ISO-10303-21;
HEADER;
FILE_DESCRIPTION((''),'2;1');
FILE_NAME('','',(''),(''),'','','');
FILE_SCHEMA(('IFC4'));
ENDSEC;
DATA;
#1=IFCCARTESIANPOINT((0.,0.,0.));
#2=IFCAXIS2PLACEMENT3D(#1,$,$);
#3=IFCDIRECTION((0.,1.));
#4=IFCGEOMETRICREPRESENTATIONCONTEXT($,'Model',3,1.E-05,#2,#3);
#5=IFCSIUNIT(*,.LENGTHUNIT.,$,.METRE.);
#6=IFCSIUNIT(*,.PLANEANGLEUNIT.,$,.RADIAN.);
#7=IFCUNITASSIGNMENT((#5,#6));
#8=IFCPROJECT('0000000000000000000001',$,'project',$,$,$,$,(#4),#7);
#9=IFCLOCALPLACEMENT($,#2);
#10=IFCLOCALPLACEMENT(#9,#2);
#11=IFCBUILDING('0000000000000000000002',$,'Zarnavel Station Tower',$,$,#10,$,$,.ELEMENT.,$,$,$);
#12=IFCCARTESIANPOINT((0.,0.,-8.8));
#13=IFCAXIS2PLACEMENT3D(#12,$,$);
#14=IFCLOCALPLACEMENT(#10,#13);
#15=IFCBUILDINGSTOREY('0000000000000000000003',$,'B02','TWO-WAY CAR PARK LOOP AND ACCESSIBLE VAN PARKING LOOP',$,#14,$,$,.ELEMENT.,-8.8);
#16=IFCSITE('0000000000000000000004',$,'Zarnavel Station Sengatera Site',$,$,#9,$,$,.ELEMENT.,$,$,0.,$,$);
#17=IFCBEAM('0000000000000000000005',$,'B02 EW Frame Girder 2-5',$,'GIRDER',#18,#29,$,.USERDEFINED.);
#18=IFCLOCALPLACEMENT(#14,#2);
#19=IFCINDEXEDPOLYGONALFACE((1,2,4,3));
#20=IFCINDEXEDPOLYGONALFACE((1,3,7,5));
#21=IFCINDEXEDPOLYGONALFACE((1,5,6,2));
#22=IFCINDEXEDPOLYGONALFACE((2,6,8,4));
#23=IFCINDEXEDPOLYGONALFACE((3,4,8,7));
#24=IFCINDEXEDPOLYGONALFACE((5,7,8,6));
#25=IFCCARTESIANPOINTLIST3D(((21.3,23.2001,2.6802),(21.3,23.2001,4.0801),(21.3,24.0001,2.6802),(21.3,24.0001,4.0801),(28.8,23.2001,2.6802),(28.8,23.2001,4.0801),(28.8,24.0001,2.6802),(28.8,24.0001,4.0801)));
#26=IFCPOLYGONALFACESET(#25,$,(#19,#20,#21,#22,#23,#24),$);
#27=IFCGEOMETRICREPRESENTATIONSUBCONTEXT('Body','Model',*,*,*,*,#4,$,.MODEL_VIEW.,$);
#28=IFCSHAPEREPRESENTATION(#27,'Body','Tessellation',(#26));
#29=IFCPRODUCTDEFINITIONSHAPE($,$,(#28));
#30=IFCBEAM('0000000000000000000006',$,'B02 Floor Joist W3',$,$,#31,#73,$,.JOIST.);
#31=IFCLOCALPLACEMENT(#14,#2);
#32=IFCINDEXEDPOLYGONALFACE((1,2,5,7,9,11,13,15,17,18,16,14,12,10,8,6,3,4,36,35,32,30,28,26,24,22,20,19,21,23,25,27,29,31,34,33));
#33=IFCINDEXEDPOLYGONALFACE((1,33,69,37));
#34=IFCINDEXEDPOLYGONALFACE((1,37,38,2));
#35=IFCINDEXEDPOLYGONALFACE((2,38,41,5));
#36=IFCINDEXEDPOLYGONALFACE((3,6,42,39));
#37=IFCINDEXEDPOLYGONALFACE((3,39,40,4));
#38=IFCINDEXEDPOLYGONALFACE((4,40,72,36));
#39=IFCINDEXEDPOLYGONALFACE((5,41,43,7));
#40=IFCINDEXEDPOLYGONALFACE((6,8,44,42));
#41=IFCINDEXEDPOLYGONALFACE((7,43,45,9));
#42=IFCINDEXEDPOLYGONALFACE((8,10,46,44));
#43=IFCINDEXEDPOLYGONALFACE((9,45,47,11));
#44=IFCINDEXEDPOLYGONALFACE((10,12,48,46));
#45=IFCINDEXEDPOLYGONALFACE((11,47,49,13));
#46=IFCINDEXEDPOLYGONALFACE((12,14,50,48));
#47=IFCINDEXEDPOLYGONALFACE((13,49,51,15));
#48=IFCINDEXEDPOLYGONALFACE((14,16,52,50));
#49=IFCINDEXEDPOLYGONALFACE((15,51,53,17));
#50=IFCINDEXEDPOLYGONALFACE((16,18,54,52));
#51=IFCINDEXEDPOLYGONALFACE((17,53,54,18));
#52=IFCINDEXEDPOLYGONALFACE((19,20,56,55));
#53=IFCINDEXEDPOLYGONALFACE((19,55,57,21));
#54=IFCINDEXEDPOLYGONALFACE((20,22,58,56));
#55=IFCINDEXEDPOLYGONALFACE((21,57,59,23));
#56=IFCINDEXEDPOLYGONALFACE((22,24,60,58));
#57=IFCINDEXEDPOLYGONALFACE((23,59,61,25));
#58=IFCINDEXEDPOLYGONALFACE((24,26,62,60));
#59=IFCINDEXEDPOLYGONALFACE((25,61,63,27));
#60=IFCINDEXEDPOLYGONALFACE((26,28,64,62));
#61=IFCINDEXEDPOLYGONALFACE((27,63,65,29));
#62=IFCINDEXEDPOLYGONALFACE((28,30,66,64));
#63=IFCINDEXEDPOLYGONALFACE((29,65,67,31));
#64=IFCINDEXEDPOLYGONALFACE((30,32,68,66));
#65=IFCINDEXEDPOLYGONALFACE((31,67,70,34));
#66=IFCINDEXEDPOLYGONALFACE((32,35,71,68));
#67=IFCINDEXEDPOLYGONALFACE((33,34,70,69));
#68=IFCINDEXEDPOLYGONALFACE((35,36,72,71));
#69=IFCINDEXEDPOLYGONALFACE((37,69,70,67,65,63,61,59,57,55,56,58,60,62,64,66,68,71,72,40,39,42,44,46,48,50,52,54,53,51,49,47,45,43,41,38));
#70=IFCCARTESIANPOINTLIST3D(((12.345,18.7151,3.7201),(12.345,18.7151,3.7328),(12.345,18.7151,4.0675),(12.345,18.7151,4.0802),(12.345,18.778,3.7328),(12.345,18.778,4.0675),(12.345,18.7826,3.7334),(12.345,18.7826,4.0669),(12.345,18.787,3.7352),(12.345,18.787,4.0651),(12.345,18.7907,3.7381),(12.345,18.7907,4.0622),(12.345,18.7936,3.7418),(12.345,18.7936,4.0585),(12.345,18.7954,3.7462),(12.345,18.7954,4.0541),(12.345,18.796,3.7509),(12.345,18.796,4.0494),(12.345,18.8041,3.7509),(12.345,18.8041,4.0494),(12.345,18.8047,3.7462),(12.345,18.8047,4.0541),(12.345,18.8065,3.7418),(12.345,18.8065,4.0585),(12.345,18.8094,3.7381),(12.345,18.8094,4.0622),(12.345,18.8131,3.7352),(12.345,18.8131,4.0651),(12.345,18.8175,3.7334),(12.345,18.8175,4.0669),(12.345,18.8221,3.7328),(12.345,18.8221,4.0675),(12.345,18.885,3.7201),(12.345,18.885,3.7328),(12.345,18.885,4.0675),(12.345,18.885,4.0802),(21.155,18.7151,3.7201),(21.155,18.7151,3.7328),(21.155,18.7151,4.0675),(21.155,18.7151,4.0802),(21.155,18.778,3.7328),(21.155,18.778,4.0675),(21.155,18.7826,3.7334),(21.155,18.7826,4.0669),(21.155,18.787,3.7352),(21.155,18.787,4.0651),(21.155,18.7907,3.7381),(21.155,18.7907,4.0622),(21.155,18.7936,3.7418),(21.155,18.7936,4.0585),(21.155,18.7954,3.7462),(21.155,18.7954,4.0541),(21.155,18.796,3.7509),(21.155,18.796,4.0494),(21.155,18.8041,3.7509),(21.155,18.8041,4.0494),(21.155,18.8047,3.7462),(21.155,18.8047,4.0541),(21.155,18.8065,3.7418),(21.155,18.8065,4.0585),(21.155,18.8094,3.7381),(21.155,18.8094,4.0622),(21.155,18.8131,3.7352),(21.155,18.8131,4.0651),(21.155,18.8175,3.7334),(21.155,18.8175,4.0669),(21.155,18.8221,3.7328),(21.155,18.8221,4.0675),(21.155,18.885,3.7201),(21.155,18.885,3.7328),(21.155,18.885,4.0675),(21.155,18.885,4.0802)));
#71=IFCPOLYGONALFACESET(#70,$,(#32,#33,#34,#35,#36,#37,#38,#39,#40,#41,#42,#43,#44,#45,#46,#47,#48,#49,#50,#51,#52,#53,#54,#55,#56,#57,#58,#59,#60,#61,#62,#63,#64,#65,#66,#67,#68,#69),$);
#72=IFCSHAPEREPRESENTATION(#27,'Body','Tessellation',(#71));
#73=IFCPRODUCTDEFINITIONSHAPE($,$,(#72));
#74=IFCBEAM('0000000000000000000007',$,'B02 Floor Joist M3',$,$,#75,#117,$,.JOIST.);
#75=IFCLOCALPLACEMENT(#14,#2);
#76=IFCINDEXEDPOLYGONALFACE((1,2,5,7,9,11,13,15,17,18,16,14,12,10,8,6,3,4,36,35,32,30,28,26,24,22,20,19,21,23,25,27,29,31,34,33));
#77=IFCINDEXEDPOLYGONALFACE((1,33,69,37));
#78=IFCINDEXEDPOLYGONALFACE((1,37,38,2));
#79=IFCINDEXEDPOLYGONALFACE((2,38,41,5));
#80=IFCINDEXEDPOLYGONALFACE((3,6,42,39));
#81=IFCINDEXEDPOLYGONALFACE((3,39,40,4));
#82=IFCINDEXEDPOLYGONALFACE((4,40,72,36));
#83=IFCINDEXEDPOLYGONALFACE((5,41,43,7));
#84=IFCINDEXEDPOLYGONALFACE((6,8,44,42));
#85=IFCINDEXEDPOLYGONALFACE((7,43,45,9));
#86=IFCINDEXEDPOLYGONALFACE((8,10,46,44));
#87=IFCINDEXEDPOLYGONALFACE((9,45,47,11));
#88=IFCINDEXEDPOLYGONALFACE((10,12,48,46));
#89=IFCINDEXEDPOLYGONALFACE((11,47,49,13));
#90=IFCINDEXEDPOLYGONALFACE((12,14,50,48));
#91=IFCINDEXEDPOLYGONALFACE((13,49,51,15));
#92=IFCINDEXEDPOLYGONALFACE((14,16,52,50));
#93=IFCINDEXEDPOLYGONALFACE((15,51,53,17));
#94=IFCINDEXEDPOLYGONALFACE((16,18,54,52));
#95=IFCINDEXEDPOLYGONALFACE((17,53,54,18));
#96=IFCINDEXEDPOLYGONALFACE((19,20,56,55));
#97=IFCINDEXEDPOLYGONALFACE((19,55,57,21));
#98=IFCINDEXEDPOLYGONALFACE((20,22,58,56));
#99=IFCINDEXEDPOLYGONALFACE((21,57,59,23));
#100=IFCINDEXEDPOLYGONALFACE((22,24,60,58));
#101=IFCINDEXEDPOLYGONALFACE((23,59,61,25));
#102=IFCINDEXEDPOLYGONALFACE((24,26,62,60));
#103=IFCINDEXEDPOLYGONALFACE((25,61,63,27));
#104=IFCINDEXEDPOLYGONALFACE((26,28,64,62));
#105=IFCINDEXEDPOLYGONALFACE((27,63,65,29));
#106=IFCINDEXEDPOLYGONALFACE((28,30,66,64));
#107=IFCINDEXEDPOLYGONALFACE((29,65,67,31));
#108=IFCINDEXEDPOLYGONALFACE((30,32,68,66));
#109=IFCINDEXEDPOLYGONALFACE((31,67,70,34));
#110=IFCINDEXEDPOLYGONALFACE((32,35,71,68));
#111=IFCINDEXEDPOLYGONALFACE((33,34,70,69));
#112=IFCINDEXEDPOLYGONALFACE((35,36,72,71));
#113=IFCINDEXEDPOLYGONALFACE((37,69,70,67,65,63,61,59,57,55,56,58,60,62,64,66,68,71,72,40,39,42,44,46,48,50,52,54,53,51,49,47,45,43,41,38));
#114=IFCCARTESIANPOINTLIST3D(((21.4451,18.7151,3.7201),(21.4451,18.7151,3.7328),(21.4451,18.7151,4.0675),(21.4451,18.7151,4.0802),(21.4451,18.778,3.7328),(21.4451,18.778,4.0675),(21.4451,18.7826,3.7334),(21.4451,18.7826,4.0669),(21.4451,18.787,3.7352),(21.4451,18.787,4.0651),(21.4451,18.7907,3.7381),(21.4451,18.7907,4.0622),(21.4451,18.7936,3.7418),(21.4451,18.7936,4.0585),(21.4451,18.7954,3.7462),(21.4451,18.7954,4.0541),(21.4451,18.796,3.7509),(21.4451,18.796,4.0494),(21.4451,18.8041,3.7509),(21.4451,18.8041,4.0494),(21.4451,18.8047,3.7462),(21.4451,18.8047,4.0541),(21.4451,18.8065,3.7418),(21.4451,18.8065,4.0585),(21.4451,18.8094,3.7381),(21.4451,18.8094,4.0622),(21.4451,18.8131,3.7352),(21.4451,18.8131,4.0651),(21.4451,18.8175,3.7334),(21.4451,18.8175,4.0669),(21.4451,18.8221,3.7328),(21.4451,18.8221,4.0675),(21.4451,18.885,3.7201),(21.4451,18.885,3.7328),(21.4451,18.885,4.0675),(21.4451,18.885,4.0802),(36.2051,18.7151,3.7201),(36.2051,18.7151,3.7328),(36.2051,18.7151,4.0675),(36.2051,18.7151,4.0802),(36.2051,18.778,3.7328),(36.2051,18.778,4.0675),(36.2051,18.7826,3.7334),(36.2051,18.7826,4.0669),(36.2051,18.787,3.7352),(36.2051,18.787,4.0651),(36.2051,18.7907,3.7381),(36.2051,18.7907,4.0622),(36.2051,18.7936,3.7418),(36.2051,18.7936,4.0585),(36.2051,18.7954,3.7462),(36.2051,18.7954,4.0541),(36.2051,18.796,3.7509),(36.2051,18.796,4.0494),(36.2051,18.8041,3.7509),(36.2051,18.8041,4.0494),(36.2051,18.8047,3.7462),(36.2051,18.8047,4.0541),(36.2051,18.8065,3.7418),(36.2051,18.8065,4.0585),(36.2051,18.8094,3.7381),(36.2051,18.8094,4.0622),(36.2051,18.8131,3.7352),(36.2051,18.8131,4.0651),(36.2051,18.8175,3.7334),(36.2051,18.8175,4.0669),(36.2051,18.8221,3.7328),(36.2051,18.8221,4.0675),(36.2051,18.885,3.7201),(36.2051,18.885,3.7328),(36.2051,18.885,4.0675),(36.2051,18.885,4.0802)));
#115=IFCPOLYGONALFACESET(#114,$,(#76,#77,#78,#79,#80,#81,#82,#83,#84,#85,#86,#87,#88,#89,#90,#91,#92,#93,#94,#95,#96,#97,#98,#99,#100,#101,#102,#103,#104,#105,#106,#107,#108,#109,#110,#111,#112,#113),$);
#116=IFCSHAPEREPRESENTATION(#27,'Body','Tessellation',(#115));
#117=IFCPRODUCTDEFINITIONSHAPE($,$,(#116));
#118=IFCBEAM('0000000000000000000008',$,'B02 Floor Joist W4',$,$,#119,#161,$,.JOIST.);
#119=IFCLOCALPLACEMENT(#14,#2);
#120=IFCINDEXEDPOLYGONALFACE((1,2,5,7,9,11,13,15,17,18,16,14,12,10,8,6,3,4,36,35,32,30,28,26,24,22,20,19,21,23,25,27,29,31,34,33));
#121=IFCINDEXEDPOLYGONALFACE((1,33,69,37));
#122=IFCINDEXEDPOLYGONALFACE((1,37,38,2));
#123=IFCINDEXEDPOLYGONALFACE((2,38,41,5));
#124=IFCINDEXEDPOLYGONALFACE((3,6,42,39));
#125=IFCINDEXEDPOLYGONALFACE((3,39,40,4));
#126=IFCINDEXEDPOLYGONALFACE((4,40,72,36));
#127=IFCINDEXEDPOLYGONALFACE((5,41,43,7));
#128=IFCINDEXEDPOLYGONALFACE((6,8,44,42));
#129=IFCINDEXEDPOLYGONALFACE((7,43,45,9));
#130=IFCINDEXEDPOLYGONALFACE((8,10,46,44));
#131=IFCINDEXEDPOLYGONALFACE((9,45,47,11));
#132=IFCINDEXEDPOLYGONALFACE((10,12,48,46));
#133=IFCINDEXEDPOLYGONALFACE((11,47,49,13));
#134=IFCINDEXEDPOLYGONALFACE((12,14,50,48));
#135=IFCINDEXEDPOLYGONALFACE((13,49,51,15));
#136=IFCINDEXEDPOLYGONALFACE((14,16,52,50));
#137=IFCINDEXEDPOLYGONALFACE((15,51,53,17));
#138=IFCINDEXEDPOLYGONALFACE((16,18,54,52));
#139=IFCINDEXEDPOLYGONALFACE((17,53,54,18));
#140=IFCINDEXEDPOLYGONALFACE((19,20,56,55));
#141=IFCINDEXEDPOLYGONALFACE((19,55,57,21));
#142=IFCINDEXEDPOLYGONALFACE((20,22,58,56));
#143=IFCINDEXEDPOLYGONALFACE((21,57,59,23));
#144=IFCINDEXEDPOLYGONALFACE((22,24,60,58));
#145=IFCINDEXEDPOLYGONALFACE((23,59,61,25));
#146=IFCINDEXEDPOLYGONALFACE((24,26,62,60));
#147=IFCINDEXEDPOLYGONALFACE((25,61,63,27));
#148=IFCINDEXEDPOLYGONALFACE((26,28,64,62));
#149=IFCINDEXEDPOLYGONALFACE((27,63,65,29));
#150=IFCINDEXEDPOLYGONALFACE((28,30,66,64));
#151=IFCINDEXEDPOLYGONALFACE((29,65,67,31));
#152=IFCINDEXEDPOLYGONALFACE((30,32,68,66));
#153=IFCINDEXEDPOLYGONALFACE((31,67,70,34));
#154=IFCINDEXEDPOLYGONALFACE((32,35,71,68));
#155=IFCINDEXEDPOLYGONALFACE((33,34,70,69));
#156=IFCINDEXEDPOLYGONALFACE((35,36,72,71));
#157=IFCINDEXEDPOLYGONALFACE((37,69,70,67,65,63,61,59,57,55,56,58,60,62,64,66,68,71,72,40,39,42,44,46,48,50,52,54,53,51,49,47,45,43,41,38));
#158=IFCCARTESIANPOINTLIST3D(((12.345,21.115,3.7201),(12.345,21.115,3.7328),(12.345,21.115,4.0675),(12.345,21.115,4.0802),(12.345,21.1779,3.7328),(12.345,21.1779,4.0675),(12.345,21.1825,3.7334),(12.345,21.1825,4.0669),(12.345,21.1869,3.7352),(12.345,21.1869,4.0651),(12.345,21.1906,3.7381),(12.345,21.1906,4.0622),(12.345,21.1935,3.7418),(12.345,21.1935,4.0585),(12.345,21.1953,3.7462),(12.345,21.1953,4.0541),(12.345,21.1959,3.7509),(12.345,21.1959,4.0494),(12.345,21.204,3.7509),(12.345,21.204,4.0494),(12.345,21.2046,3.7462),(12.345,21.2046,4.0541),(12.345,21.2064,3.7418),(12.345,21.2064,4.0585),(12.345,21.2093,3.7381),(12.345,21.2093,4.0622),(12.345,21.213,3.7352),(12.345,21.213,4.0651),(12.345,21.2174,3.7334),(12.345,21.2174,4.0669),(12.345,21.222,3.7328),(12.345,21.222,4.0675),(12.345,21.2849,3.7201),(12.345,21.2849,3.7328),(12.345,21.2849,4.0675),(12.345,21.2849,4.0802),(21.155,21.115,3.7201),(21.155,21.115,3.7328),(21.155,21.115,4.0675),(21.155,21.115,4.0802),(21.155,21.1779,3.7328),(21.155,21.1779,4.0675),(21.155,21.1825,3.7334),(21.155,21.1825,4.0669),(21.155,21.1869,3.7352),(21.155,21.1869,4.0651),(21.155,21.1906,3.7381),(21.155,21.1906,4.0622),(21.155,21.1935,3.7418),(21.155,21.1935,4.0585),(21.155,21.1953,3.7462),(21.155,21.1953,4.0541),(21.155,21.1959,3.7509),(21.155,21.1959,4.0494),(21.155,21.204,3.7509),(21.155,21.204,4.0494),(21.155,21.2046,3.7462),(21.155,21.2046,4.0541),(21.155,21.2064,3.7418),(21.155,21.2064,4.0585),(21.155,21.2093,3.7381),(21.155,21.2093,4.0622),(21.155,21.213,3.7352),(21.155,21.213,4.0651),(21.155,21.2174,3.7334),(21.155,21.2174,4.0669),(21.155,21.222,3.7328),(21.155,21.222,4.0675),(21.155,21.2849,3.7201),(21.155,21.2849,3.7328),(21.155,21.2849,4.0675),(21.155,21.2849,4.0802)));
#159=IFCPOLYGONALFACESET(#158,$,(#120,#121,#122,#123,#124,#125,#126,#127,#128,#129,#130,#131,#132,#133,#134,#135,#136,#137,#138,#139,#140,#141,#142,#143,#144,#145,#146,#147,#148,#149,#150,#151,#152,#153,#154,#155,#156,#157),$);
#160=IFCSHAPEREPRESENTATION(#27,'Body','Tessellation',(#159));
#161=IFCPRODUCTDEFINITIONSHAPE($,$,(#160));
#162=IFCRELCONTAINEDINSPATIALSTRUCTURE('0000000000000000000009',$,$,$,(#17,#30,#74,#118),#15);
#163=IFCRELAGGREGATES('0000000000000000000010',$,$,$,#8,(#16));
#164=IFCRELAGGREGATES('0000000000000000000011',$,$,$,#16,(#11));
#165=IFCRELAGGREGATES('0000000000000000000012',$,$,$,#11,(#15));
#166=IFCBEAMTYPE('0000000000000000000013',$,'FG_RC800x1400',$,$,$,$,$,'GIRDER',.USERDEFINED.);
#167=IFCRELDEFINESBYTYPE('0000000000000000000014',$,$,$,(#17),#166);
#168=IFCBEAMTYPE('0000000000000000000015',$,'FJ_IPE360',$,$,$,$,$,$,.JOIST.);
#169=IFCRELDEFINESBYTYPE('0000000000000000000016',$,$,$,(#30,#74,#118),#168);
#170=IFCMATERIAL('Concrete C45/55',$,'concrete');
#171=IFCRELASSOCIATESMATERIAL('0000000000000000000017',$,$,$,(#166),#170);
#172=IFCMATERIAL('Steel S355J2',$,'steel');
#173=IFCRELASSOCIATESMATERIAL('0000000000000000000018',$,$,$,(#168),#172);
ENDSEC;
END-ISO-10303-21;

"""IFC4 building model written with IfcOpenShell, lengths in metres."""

from ifc_helpers import new_model, si_unit, direction, frame, origin, origin_2d, place, context, subcontext, project, spatial, rectangle, i_section, extrude, material, material_profile, profile_set, type_object, element, save


model = new_model("IFC4")

# Units and contexts
model_context = context("Model", 3, precision=1e-05, world=origin(), true_north=direction((0.0, 1.0)))
body_context = subcontext(model_context, "Body", "Model", "MODEL_VIEW")
ifc_project = project(units=[si_unit("LENGTHUNIT", "METRE"), si_unit("PLANEANGLEUNIT", "RADIAN")], contexts=[model_context])

# Site, building, storey
site_placement = place(None, origin())
site = spatial("IfcSite", under=ifc_project, at=site_placement, Name="Zarnavel Station Sengatera Site", CompositionType="ELEMENT", RefElevation=0.0)
building_placement = place(site_placement, origin())
building = spatial("IfcBuilding", under=site, at=building_placement, Name="Zarnavel Station Tower", CompositionType="ELEMENT")
storey_placement = place(building_placement, frame((0.0, 0.0, -8.8)))
storey = spatial("IfcBuildingStorey", under=building, at=storey_placement, Name="B02", Description="TWO-WAY CAR PARK LOOP AND ACCESSIBLE VAN PARKING LOOP", CompositionType="ELEMENT", Elevation=-8.8)

# Beams
ifc_material_1 = material(Name="Concrete C45/55", Category="concrete")
ifc_material_profile_1 = material_profile(ifc_material_1, rectangle(XDim=0.8, YDim=1.3999, at=origin_2d()), Name="RC800x1400")
ifc_profile_set_1 = profile_set([ifc_material_profile_1], Name="Concrete C45/55")
beam_type_1 = type_object("IfcBeamType", Name="FG_RC800x1400", ElementType="GIRDER", PredefinedType="USERDEFINED", material=ifc_profile_set_1)
beam_1_placement = place(storey_placement, frame((21.3, 23.6001, 3.3801), z_axis=(1.0, 0.0, 0.0), x_axis=(0.0, 1.0, 0.0)))
element("IfcBeam", 1, at=beam_1_placement, inside=storey, type_object=beam_type_1, Name="B02 EW Frame Girder 2-5", ObjectType="GIRDER", PredefinedType="USERDEFINED", context=body_context, shape_type="SweptSolid", body=[
    extrude(rectangle(XDim=0.8, YDim=1.3999, at=origin_2d()), origin(), (0.0, 0.0, 1.0), 7.5),
])
ifc_material_2 = material(Name="Steel S355J2", Category="steel")
ifc_material_profile_2 = material_profile(ifc_material_2, i_section(OverallWidth=0.1699, OverallDepth=0.3601, WebThickness=0.0081, FlangeThickness=0.0127, FilletRadius=0.0181, at=origin_2d()), Name="IPE360")
ifc_profile_set_2 = profile_set([ifc_material_profile_2], Name="Steel S355J2")
beam_type_2 = type_object("IfcBeamType", Name="FJ_IPE360", PredefinedType="JOIST", material=ifc_profile_set_2)
beam_2_placement = place(storey_placement, frame((12.345, 18.8, 3.9001), z_axis=(1.0, 0.0, 0.0), x_axis=(0.0, 1.0, 0.0)))
element("IfcBeam", 2, at=beam_2_placement, inside=storey, type_object=beam_type_2, Name="B02 Floor Joist W3", PredefinedType="JOIST", context=body_context, shape_type="SweptSolid", body=[
    extrude(i_section(OverallWidth=0.1699, OverallDepth=0.3601, WebThickness=0.0081, FlangeThickness=0.0127, FilletRadius=0.0181, at=origin_2d()), origin(), (0.0, 0.0, 1.0), 8.8101),
])
beam_3_placement = place(storey_placement, frame((21.4451, 18.8, 3.9001), z_axis=(1.0, 0.0, 0.0), x_axis=(0.0, 1.0, 0.0)))
element("IfcBeam", 3, at=beam_3_placement, inside=storey, type_object=beam_type_2, Name="B02 Floor Joist M3", PredefinedType="JOIST", context=body_context, shape_type="SweptSolid", body=[
    extrude(i_section(OverallWidth=0.1699, OverallDepth=0.3601, WebThickness=0.0081, FlangeThickness=0.0127, FilletRadius=0.0181, at=origin_2d()), origin(), (0.0, 0.0, 1.0), 14.76),
])
beam_4_placement = place(storey_placement, frame((12.345, 21.2, 3.9001), z_axis=(1.0, 0.0, 0.0), x_axis=(0.0, 1.0, 0.0)))
element("IfcBeam", 4, at=beam_4_placement, inside=storey, type_object=beam_type_2, Name="B02 Floor Joist W4", PredefinedType="JOIST", context=body_context, shape_type="SweptSolid", body=[
    extrude(i_section(OverallWidth=0.1699, OverallDepth=0.3601, WebThickness=0.0081, FlangeThickness=0.0127, FilletRadius=0.0181, at=origin_2d()), origin(), (0.0, 0.0, 1.0), 8.8101),
])

save(model, "model.ifc")
